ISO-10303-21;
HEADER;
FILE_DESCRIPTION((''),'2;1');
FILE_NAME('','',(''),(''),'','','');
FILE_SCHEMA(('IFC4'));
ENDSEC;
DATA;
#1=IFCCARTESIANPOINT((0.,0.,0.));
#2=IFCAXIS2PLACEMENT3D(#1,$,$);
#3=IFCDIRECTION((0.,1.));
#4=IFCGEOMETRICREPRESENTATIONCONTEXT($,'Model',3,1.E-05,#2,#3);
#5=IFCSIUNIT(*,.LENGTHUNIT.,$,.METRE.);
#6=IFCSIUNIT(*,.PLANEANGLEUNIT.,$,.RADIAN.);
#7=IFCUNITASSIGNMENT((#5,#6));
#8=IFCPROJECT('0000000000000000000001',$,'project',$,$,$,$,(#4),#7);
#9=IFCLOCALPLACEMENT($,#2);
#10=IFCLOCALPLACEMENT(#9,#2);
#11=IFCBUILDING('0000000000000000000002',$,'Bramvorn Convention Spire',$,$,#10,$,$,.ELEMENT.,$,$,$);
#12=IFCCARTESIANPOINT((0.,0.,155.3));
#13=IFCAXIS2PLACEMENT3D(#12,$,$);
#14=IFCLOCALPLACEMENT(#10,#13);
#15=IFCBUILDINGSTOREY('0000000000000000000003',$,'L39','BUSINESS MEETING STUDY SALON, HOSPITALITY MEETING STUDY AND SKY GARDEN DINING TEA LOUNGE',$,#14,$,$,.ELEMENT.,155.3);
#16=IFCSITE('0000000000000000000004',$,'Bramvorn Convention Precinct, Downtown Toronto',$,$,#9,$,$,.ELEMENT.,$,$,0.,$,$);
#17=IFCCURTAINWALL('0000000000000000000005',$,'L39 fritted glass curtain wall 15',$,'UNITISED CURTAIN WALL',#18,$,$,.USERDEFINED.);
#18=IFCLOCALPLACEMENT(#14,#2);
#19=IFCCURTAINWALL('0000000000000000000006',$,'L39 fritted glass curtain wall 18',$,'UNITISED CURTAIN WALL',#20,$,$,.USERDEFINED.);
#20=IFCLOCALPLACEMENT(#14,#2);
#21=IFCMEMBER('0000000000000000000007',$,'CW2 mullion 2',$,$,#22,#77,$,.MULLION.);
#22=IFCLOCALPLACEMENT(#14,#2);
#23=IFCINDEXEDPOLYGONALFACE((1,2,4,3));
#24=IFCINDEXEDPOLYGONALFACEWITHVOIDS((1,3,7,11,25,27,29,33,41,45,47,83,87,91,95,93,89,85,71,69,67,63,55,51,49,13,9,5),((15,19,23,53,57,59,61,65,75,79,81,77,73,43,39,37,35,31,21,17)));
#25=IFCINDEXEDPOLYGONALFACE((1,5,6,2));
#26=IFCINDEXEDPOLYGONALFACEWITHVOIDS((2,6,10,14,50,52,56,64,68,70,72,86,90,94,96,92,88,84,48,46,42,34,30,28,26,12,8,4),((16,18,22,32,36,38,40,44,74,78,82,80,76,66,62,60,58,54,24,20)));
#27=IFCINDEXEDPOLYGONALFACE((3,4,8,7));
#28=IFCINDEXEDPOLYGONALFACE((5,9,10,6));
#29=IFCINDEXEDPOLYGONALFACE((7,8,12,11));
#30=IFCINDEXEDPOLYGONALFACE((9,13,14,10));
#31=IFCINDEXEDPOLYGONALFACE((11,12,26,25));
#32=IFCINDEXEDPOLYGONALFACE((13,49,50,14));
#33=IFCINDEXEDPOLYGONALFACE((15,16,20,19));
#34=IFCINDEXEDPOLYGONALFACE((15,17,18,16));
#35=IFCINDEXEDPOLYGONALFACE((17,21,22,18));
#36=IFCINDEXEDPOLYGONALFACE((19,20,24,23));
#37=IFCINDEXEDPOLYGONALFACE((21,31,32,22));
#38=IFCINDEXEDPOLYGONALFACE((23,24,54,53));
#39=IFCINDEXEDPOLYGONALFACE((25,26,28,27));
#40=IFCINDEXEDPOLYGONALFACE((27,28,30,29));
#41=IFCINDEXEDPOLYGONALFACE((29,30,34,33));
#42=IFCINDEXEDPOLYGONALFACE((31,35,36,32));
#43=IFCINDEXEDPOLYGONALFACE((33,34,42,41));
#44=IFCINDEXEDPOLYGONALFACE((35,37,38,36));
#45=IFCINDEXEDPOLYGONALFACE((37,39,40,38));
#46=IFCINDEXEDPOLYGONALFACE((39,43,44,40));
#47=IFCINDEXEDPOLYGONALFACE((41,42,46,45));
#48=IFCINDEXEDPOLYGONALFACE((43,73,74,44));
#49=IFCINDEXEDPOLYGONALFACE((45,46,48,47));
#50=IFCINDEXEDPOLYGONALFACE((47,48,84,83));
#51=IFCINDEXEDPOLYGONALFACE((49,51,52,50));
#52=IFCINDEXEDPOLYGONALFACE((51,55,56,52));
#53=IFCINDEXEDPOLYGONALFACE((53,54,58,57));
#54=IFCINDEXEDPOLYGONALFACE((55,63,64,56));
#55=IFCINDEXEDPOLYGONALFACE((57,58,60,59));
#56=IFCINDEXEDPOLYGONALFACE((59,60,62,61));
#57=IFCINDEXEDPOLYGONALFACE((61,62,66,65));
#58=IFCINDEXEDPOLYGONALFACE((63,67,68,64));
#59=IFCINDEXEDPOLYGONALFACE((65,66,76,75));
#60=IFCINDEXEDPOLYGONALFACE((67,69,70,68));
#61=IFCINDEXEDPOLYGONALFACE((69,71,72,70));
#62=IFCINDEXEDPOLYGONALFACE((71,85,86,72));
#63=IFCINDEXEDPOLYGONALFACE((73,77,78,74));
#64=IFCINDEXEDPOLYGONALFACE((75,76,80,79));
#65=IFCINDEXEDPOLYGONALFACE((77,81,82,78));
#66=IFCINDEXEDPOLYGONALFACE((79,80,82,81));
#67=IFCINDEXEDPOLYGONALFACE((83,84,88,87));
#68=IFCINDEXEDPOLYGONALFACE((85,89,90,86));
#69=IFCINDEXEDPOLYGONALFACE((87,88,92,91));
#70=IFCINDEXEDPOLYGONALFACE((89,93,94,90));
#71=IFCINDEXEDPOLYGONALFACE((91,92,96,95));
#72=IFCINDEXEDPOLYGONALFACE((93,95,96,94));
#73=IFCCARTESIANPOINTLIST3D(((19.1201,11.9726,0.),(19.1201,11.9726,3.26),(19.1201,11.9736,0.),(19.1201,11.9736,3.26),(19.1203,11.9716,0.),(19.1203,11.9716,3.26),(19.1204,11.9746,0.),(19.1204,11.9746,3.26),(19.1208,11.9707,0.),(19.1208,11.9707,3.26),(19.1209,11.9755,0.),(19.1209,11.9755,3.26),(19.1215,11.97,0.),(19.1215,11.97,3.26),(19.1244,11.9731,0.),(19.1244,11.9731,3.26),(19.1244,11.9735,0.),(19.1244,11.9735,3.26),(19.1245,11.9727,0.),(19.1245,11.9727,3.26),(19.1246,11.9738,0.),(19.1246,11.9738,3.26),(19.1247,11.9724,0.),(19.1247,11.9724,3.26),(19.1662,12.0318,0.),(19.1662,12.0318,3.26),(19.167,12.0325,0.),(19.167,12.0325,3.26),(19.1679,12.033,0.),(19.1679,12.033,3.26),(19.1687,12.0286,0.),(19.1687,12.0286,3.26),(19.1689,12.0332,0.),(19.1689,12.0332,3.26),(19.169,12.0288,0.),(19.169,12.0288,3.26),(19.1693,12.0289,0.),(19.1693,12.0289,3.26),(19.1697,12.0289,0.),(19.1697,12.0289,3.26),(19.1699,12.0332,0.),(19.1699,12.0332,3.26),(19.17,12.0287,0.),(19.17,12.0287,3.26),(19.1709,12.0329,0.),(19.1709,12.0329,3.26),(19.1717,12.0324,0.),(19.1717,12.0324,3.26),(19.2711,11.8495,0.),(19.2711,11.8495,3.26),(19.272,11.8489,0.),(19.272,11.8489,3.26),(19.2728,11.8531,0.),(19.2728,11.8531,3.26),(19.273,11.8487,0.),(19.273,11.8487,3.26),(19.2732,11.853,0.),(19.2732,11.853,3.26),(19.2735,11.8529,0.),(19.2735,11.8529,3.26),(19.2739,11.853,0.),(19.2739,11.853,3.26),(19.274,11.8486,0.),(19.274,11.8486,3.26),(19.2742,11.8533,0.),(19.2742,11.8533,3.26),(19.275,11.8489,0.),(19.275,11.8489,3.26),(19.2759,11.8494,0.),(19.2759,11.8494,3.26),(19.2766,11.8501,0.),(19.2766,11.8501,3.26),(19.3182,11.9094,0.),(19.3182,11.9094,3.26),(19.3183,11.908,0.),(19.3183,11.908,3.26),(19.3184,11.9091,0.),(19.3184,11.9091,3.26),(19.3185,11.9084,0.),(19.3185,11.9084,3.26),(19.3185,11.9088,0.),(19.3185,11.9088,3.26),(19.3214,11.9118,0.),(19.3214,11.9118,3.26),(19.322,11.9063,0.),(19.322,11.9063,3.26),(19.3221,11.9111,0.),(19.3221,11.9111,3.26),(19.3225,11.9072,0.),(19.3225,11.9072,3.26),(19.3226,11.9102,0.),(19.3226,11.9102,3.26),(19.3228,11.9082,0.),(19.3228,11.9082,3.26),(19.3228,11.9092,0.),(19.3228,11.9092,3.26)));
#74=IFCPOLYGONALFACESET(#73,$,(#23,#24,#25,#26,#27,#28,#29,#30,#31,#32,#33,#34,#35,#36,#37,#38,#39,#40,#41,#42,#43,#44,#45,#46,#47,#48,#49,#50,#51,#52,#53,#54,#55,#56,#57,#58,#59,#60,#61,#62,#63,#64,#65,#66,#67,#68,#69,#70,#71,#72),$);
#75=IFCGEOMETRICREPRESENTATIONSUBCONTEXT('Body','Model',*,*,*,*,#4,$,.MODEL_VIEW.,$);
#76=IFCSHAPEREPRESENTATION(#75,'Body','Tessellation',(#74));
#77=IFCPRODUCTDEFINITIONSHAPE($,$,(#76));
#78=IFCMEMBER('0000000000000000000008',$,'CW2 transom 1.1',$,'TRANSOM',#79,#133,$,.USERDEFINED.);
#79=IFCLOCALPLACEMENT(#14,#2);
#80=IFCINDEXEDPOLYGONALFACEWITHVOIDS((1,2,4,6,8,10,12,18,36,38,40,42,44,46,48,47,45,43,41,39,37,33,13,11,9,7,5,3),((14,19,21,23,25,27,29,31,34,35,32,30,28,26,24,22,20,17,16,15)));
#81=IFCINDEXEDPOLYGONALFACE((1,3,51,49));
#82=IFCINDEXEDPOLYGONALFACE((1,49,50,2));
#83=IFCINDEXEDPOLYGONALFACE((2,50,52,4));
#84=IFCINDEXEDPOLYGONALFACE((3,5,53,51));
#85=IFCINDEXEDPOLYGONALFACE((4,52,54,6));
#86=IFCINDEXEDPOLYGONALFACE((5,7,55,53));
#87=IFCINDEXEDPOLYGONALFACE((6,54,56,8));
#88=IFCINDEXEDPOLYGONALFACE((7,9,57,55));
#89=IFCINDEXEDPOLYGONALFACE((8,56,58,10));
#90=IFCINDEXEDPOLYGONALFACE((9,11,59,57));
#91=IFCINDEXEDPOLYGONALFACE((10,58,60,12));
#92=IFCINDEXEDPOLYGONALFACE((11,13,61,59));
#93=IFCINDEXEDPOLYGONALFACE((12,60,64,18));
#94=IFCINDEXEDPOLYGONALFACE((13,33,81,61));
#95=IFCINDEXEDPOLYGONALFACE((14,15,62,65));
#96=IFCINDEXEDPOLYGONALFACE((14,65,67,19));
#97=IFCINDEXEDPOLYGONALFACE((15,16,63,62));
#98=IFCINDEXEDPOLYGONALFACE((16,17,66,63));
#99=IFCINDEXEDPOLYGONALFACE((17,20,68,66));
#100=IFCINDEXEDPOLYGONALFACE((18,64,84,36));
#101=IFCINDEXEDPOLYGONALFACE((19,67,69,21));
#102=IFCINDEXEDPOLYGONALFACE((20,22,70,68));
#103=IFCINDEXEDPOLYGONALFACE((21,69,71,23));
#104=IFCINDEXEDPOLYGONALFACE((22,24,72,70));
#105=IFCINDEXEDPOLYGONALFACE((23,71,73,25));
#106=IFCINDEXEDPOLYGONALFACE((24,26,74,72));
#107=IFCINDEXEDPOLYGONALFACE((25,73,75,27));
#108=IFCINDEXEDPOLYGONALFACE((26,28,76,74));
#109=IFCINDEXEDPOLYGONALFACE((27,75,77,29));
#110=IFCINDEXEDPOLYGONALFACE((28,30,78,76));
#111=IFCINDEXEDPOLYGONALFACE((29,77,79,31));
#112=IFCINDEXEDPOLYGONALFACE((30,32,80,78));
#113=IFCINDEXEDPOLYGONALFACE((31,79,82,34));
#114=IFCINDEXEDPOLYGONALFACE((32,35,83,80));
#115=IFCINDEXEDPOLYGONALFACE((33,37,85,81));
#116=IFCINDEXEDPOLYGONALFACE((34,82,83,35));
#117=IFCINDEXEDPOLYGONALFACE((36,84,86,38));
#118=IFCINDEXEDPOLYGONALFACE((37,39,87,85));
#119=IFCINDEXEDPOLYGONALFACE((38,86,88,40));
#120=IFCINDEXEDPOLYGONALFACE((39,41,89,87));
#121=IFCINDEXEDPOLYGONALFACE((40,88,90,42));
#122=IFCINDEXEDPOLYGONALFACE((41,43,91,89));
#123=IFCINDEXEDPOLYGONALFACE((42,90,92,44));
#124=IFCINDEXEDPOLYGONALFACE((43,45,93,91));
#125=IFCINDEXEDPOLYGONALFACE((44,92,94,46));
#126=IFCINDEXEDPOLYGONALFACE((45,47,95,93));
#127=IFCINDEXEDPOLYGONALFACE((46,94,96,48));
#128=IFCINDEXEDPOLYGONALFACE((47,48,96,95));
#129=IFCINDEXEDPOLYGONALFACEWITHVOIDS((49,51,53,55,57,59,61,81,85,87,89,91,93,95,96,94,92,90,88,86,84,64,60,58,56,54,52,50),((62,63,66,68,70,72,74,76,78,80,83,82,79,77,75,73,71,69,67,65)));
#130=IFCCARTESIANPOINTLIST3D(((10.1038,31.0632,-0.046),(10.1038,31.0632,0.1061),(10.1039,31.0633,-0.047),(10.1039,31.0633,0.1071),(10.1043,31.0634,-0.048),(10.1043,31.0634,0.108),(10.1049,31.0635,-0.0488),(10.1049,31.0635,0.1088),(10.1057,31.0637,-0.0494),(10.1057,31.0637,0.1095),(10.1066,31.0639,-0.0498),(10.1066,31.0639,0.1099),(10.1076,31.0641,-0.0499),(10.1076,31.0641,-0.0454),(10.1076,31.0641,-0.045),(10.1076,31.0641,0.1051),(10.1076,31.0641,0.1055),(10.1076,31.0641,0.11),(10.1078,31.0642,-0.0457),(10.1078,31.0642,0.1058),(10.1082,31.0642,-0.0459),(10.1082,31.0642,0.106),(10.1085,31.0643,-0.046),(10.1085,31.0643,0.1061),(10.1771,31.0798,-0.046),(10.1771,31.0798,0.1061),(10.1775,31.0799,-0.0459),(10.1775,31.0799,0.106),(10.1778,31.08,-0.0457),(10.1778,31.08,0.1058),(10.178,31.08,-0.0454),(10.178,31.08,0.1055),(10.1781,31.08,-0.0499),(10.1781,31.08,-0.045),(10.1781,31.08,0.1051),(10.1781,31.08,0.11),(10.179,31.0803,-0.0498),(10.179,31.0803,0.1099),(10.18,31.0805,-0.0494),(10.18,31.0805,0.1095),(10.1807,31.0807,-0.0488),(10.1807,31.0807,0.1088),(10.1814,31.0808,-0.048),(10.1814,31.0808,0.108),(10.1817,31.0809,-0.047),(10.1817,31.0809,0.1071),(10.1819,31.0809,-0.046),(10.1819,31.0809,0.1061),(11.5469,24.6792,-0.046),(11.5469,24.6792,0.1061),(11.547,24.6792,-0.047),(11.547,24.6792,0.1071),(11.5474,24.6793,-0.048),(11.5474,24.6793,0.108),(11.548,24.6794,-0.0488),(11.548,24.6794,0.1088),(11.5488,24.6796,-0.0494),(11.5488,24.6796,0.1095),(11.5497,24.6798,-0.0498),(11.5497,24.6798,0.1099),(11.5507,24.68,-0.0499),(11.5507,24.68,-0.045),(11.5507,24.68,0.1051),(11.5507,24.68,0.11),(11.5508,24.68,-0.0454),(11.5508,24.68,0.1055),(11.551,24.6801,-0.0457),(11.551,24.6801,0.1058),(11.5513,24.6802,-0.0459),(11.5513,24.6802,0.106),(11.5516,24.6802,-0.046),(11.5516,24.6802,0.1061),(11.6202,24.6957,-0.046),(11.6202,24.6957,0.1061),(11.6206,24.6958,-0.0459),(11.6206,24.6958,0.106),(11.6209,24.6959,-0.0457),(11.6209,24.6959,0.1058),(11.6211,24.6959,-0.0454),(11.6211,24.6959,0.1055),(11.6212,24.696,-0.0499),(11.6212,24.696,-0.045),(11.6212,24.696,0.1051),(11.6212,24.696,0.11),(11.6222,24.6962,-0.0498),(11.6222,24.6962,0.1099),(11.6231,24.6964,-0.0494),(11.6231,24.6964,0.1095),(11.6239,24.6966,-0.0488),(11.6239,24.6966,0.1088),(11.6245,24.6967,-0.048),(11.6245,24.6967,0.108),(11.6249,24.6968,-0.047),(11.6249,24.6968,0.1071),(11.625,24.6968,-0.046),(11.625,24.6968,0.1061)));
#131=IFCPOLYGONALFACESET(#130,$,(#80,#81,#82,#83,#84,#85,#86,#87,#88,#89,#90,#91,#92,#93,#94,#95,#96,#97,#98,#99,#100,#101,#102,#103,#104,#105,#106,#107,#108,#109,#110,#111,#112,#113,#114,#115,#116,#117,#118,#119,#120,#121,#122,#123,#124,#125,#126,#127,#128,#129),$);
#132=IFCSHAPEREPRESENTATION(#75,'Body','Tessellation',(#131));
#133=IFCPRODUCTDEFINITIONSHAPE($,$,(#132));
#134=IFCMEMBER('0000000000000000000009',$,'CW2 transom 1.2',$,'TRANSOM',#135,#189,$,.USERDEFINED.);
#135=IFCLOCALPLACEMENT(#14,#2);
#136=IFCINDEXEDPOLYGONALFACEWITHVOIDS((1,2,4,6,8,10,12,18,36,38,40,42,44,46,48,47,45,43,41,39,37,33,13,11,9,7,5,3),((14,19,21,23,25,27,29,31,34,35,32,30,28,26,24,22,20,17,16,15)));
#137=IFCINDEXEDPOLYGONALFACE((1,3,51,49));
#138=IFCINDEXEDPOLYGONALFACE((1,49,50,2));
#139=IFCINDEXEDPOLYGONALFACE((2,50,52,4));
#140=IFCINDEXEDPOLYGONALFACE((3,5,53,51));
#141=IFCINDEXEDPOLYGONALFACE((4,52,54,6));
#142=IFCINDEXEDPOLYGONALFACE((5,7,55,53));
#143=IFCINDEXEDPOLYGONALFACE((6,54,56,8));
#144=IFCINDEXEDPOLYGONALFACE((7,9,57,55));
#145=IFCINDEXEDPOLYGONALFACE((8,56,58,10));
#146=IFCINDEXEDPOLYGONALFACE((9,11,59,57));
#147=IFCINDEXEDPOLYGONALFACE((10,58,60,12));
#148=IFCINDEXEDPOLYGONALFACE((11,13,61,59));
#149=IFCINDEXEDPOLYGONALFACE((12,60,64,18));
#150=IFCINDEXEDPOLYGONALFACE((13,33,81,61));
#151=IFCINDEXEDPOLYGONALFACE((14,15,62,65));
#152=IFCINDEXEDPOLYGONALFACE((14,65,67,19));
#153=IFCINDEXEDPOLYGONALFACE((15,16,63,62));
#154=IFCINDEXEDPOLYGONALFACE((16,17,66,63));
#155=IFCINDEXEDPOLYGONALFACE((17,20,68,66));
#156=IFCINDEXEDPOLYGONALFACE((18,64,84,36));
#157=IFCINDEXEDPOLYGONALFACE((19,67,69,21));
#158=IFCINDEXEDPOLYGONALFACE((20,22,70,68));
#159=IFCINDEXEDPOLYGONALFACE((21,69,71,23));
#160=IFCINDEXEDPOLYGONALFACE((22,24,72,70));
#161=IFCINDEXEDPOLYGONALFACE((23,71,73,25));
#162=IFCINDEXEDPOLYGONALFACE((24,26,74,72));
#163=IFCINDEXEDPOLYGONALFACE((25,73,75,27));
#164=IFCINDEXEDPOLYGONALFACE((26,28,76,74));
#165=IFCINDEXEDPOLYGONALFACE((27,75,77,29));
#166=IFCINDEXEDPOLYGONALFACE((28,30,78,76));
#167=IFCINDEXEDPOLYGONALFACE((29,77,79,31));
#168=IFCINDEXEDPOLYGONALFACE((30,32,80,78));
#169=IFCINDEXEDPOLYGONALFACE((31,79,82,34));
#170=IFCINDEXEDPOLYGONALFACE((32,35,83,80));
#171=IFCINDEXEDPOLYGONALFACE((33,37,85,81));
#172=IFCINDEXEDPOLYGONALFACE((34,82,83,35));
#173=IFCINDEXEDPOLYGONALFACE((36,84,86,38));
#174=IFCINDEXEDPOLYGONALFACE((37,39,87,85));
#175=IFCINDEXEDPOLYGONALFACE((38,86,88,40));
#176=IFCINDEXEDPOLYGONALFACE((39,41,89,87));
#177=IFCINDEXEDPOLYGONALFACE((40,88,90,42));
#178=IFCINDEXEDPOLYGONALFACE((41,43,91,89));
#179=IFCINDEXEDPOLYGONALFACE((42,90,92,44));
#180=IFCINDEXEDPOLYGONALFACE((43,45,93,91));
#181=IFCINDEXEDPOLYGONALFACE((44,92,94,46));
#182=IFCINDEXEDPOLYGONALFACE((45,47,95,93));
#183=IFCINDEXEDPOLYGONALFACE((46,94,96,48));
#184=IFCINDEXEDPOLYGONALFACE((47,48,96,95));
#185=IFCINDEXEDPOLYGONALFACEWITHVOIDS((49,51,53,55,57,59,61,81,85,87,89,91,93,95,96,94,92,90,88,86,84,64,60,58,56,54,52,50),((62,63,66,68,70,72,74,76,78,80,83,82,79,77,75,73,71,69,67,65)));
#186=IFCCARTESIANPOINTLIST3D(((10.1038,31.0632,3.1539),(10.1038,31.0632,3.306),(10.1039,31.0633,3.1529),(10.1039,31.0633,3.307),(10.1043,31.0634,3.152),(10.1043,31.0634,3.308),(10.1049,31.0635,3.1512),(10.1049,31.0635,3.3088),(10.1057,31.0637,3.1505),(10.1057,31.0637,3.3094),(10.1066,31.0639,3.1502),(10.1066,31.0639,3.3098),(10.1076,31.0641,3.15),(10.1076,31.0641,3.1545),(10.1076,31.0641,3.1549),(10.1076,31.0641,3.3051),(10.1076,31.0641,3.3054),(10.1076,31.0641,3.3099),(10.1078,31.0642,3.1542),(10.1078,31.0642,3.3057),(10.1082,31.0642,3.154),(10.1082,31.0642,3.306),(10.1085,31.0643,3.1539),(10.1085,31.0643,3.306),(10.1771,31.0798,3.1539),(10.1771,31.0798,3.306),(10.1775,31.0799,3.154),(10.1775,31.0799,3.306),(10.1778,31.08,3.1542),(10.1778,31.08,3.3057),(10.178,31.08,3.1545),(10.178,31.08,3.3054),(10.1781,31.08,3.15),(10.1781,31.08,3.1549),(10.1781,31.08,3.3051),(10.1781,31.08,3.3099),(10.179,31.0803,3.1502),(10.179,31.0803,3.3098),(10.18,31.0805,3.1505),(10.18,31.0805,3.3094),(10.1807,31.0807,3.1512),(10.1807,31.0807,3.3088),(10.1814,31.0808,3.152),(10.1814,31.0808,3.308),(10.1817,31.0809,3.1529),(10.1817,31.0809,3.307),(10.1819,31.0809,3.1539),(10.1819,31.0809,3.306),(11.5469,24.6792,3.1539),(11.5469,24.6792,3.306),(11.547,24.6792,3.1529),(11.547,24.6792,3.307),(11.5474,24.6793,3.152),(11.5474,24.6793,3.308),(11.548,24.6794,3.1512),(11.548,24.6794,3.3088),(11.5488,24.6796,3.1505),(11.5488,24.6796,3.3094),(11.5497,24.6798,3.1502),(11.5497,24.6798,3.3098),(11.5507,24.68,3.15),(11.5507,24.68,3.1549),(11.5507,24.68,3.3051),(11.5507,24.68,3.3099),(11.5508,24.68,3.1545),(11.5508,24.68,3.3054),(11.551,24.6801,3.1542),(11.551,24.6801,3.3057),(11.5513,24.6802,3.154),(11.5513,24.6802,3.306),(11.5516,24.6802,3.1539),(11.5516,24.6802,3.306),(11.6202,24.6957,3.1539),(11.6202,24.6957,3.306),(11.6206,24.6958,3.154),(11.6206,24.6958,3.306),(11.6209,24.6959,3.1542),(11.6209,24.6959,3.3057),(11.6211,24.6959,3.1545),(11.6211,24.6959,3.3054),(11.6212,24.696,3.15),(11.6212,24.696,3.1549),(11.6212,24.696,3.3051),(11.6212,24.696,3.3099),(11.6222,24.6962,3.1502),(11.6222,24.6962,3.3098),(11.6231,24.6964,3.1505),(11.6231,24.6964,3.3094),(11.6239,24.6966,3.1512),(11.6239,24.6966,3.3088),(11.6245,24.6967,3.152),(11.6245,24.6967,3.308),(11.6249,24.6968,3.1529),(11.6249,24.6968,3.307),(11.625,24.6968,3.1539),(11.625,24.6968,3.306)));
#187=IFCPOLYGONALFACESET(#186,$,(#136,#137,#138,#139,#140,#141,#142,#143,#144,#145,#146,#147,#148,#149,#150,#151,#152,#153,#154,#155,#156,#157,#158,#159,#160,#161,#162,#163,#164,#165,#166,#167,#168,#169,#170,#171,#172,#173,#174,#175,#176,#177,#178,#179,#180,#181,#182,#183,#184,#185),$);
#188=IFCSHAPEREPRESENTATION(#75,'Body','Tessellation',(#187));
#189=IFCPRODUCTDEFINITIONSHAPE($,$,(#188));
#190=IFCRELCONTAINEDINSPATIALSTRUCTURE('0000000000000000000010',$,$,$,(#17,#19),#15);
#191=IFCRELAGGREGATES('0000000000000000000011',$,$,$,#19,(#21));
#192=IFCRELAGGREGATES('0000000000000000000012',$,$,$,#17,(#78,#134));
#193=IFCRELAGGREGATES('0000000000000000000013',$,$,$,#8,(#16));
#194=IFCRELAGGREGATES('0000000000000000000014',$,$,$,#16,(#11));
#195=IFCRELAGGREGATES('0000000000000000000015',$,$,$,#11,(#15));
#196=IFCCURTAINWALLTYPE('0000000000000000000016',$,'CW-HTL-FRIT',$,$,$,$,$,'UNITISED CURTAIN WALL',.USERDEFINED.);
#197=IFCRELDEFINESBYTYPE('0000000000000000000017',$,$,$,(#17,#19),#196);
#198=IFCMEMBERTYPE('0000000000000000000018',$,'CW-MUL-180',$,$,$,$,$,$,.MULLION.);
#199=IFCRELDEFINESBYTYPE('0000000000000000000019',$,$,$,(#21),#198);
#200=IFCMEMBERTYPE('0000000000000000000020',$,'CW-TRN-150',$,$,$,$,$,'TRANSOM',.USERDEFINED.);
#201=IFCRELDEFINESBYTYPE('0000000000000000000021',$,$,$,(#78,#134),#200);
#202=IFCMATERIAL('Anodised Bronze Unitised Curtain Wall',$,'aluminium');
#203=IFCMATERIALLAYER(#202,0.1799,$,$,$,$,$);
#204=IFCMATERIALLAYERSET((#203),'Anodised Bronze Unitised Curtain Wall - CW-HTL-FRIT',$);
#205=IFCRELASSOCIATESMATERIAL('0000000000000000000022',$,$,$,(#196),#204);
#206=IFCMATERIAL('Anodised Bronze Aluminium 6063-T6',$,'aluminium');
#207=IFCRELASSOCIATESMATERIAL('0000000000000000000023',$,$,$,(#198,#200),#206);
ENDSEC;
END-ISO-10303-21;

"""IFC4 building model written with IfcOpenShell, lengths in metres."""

from ifc_helpers import new_model, si_unit, direction, frame, origin, origin_2d, place, context, subcontext, project, spatial, hollow_rectangle, extrude, material, layer, layer_set, material_profile, profile_set, type_object, element, aggregate, save


model = new_model("IFC4")

# Units and contexts
model_context = context("Model", 3, precision=1e-05, world=origin(), true_north=direction((0.0, 1.0)))
body_context = subcontext(model_context, "Body", "Model", "MODEL_VIEW")
ifc_project = project(units=[si_unit("LENGTHUNIT", "METRE"), si_unit("PLANEANGLEUNIT", "RADIAN")], contexts=[model_context])

# Site, building, storey
site_placement = place(None, origin())
site = spatial("IfcSite", under=ifc_project, at=site_placement, Name="Bramvorn Convention Precinct, Downtown Toronto", CompositionType="ELEMENT", RefElevation=0.0)
building_placement = place(site_placement, origin())
building = spatial("IfcBuilding", under=site, at=building_placement, Name="Bramvorn Convention Spire", CompositionType="ELEMENT")
storey_placement = place(building_placement, frame((0.0, 0.0, 155.3)))
storey = spatial("IfcBuildingStorey", under=building, at=storey_placement, Name="L39", Description="BUSINESS MEETING STUDY SALON, HOSPITALITY MEETING STUDY AND SKY GARDEN DINING TEA LOUNGE", CompositionType="ELEMENT", Elevation=155.3)

# Curtain wall
ifc_material_1 = material(Name="Anodised Bronze Unitised Curtain Wall", Category="aluminium")
ifc_layer_1 = layer(ifc_material_1, 0.1799)
ifc_layer_set_1 = layer_set([ifc_layer_1], Name="Anodised Bronze Unitised Curtain Wall - CW-HTL-FRIT")
curtain_wall_type = type_object("IfcCurtainWallType", Name="CW-HTL-FRIT", ElementType="UNITISED CURTAIN WALL", PredefinedType="USERDEFINED", material=ifc_layer_set_1)
curtain_wall_1_placement = place(storey_placement, origin())
curtain_wall_1 = element("IfcCurtainWall", 1, at=curtain_wall_1_placement, inside=storey, type_object=curtain_wall_type, Name="L39 fritted glass curtain wall 15", ObjectType="UNITISED CURTAIN WALL", PredefinedType="USERDEFINED")
ifc_material_2 = material(Name="Anodised Bronze Aluminium 6063-T6", Category="aluminium")
ifc_material_profile_1 = material_profile(ifc_material_2, hollow_rectangle(XDim=0.0801, YDim=0.2, WallThickness=0.0039, InnerFilletRadius=0.001, OuterFilletRadius=0.0039, at=origin_2d()))
ifc_profile_set_1 = profile_set([ifc_material_profile_1], Name="Anodised Bronze Aluminium 6063-T6 - CWM80X200")
member_type_1 = type_object("IfcMemberType", Name="CW-MUL-180", PredefinedType="MULLION", material=ifc_profile_set_1)

# Curtain wall, member
curtain_wall_2_placement = place(storey_placement, origin())
curtain_wall_2 = element("IfcCurtainWall", 2, at=curtain_wall_2_placement, inside=storey, type_object=curtain_wall_type, Name="L39 fritted glass curtain wall 18", ObjectType="UNITISED CURTAIN WALL", PredefinedType="USERDEFINED")
member_1_placement = place(storey_placement, frame((19.2214, 11.9409, 0.0), z_axis=(0.0, 0.0, 1.0), x_axis=(-0.627255, -0.778814, 0.0)))
member_1 = element("IfcMember", 3, at=member_1_placement, type_object=member_type_1, Name="CW2 mullion 2", PredefinedType="MULLION", context=body_context, shape_type="SweptSolid", body=[
    extrude(hollow_rectangle(XDim=0.0801, YDim=0.2, WallThickness=0.0039, InnerFilletRadius=0.001, OuterFilletRadius=0.0039, at=origin_2d()), origin(), (0.0, 0.0, 1.0), 3.26),
])
aggregate(curtain_wall_2, [member_1])

# Members
ifc_material_profile_2 = material_profile(ifc_material_2, hollow_rectangle(XDim=0.0801, YDim=0.1599, WallThickness=0.0039, InnerFilletRadius=0.001, OuterFilletRadius=0.0039, at=origin_2d()))
ifc_profile_set_2 = profile_set([ifc_material_profile_2], Name="Anodised Bronze Aluminium 6063-T6 - CWT80X160")
member_type_2 = type_object("IfcMemberType", Name="CW-TRN-150", ElementType="TRANSOM", PredefinedType="USERDEFINED", material=ifc_profile_set_2)
member_2_placement = place(storey_placement, frame((11.5859, 24.688, 0.03), z_axis=(-0.220488, 0.97539, 0.0), x_axis=(-0.97539, -0.220488, 0.0)))
member_2 = element("IfcMember", 4, at=member_2_placement, type_object=member_type_2, Name="CW2 transom 1.1", ObjectType="TRANSOM", PredefinedType="USERDEFINED", context=body_context, shape_type="SweptSolid", body=[
    extrude(hollow_rectangle(XDim=0.0801, YDim=0.1599, WallThickness=0.0039, InnerFilletRadius=0.001, OuterFilletRadius=0.0039, at=origin_2d()), origin(), (0.0, 0.0, 1.0), 6.5452),
])
member_3_placement = place(storey_placement, frame((11.5859, 24.688, 3.23), z_axis=(-0.220488, 0.97539, 0.0), x_axis=(-0.97539, -0.220488, 0.0)))
member_3 = element("IfcMember", 5, at=member_3_placement, type_object=member_type_2, Name="CW2 transom 1.2", ObjectType="TRANSOM", PredefinedType="USERDEFINED", context=body_context, shape_type="SweptSolid", body=[
    extrude(hollow_rectangle(XDim=0.0801, YDim=0.1599, WallThickness=0.0039, InnerFilletRadius=0.001, OuterFilletRadius=0.0039, at=origin_2d()), origin(), (0.0, 0.0, 1.0), 6.5452),
])
aggregate(curtain_wall_1, [member_2, member_3])

save(model, "model.ifc")
